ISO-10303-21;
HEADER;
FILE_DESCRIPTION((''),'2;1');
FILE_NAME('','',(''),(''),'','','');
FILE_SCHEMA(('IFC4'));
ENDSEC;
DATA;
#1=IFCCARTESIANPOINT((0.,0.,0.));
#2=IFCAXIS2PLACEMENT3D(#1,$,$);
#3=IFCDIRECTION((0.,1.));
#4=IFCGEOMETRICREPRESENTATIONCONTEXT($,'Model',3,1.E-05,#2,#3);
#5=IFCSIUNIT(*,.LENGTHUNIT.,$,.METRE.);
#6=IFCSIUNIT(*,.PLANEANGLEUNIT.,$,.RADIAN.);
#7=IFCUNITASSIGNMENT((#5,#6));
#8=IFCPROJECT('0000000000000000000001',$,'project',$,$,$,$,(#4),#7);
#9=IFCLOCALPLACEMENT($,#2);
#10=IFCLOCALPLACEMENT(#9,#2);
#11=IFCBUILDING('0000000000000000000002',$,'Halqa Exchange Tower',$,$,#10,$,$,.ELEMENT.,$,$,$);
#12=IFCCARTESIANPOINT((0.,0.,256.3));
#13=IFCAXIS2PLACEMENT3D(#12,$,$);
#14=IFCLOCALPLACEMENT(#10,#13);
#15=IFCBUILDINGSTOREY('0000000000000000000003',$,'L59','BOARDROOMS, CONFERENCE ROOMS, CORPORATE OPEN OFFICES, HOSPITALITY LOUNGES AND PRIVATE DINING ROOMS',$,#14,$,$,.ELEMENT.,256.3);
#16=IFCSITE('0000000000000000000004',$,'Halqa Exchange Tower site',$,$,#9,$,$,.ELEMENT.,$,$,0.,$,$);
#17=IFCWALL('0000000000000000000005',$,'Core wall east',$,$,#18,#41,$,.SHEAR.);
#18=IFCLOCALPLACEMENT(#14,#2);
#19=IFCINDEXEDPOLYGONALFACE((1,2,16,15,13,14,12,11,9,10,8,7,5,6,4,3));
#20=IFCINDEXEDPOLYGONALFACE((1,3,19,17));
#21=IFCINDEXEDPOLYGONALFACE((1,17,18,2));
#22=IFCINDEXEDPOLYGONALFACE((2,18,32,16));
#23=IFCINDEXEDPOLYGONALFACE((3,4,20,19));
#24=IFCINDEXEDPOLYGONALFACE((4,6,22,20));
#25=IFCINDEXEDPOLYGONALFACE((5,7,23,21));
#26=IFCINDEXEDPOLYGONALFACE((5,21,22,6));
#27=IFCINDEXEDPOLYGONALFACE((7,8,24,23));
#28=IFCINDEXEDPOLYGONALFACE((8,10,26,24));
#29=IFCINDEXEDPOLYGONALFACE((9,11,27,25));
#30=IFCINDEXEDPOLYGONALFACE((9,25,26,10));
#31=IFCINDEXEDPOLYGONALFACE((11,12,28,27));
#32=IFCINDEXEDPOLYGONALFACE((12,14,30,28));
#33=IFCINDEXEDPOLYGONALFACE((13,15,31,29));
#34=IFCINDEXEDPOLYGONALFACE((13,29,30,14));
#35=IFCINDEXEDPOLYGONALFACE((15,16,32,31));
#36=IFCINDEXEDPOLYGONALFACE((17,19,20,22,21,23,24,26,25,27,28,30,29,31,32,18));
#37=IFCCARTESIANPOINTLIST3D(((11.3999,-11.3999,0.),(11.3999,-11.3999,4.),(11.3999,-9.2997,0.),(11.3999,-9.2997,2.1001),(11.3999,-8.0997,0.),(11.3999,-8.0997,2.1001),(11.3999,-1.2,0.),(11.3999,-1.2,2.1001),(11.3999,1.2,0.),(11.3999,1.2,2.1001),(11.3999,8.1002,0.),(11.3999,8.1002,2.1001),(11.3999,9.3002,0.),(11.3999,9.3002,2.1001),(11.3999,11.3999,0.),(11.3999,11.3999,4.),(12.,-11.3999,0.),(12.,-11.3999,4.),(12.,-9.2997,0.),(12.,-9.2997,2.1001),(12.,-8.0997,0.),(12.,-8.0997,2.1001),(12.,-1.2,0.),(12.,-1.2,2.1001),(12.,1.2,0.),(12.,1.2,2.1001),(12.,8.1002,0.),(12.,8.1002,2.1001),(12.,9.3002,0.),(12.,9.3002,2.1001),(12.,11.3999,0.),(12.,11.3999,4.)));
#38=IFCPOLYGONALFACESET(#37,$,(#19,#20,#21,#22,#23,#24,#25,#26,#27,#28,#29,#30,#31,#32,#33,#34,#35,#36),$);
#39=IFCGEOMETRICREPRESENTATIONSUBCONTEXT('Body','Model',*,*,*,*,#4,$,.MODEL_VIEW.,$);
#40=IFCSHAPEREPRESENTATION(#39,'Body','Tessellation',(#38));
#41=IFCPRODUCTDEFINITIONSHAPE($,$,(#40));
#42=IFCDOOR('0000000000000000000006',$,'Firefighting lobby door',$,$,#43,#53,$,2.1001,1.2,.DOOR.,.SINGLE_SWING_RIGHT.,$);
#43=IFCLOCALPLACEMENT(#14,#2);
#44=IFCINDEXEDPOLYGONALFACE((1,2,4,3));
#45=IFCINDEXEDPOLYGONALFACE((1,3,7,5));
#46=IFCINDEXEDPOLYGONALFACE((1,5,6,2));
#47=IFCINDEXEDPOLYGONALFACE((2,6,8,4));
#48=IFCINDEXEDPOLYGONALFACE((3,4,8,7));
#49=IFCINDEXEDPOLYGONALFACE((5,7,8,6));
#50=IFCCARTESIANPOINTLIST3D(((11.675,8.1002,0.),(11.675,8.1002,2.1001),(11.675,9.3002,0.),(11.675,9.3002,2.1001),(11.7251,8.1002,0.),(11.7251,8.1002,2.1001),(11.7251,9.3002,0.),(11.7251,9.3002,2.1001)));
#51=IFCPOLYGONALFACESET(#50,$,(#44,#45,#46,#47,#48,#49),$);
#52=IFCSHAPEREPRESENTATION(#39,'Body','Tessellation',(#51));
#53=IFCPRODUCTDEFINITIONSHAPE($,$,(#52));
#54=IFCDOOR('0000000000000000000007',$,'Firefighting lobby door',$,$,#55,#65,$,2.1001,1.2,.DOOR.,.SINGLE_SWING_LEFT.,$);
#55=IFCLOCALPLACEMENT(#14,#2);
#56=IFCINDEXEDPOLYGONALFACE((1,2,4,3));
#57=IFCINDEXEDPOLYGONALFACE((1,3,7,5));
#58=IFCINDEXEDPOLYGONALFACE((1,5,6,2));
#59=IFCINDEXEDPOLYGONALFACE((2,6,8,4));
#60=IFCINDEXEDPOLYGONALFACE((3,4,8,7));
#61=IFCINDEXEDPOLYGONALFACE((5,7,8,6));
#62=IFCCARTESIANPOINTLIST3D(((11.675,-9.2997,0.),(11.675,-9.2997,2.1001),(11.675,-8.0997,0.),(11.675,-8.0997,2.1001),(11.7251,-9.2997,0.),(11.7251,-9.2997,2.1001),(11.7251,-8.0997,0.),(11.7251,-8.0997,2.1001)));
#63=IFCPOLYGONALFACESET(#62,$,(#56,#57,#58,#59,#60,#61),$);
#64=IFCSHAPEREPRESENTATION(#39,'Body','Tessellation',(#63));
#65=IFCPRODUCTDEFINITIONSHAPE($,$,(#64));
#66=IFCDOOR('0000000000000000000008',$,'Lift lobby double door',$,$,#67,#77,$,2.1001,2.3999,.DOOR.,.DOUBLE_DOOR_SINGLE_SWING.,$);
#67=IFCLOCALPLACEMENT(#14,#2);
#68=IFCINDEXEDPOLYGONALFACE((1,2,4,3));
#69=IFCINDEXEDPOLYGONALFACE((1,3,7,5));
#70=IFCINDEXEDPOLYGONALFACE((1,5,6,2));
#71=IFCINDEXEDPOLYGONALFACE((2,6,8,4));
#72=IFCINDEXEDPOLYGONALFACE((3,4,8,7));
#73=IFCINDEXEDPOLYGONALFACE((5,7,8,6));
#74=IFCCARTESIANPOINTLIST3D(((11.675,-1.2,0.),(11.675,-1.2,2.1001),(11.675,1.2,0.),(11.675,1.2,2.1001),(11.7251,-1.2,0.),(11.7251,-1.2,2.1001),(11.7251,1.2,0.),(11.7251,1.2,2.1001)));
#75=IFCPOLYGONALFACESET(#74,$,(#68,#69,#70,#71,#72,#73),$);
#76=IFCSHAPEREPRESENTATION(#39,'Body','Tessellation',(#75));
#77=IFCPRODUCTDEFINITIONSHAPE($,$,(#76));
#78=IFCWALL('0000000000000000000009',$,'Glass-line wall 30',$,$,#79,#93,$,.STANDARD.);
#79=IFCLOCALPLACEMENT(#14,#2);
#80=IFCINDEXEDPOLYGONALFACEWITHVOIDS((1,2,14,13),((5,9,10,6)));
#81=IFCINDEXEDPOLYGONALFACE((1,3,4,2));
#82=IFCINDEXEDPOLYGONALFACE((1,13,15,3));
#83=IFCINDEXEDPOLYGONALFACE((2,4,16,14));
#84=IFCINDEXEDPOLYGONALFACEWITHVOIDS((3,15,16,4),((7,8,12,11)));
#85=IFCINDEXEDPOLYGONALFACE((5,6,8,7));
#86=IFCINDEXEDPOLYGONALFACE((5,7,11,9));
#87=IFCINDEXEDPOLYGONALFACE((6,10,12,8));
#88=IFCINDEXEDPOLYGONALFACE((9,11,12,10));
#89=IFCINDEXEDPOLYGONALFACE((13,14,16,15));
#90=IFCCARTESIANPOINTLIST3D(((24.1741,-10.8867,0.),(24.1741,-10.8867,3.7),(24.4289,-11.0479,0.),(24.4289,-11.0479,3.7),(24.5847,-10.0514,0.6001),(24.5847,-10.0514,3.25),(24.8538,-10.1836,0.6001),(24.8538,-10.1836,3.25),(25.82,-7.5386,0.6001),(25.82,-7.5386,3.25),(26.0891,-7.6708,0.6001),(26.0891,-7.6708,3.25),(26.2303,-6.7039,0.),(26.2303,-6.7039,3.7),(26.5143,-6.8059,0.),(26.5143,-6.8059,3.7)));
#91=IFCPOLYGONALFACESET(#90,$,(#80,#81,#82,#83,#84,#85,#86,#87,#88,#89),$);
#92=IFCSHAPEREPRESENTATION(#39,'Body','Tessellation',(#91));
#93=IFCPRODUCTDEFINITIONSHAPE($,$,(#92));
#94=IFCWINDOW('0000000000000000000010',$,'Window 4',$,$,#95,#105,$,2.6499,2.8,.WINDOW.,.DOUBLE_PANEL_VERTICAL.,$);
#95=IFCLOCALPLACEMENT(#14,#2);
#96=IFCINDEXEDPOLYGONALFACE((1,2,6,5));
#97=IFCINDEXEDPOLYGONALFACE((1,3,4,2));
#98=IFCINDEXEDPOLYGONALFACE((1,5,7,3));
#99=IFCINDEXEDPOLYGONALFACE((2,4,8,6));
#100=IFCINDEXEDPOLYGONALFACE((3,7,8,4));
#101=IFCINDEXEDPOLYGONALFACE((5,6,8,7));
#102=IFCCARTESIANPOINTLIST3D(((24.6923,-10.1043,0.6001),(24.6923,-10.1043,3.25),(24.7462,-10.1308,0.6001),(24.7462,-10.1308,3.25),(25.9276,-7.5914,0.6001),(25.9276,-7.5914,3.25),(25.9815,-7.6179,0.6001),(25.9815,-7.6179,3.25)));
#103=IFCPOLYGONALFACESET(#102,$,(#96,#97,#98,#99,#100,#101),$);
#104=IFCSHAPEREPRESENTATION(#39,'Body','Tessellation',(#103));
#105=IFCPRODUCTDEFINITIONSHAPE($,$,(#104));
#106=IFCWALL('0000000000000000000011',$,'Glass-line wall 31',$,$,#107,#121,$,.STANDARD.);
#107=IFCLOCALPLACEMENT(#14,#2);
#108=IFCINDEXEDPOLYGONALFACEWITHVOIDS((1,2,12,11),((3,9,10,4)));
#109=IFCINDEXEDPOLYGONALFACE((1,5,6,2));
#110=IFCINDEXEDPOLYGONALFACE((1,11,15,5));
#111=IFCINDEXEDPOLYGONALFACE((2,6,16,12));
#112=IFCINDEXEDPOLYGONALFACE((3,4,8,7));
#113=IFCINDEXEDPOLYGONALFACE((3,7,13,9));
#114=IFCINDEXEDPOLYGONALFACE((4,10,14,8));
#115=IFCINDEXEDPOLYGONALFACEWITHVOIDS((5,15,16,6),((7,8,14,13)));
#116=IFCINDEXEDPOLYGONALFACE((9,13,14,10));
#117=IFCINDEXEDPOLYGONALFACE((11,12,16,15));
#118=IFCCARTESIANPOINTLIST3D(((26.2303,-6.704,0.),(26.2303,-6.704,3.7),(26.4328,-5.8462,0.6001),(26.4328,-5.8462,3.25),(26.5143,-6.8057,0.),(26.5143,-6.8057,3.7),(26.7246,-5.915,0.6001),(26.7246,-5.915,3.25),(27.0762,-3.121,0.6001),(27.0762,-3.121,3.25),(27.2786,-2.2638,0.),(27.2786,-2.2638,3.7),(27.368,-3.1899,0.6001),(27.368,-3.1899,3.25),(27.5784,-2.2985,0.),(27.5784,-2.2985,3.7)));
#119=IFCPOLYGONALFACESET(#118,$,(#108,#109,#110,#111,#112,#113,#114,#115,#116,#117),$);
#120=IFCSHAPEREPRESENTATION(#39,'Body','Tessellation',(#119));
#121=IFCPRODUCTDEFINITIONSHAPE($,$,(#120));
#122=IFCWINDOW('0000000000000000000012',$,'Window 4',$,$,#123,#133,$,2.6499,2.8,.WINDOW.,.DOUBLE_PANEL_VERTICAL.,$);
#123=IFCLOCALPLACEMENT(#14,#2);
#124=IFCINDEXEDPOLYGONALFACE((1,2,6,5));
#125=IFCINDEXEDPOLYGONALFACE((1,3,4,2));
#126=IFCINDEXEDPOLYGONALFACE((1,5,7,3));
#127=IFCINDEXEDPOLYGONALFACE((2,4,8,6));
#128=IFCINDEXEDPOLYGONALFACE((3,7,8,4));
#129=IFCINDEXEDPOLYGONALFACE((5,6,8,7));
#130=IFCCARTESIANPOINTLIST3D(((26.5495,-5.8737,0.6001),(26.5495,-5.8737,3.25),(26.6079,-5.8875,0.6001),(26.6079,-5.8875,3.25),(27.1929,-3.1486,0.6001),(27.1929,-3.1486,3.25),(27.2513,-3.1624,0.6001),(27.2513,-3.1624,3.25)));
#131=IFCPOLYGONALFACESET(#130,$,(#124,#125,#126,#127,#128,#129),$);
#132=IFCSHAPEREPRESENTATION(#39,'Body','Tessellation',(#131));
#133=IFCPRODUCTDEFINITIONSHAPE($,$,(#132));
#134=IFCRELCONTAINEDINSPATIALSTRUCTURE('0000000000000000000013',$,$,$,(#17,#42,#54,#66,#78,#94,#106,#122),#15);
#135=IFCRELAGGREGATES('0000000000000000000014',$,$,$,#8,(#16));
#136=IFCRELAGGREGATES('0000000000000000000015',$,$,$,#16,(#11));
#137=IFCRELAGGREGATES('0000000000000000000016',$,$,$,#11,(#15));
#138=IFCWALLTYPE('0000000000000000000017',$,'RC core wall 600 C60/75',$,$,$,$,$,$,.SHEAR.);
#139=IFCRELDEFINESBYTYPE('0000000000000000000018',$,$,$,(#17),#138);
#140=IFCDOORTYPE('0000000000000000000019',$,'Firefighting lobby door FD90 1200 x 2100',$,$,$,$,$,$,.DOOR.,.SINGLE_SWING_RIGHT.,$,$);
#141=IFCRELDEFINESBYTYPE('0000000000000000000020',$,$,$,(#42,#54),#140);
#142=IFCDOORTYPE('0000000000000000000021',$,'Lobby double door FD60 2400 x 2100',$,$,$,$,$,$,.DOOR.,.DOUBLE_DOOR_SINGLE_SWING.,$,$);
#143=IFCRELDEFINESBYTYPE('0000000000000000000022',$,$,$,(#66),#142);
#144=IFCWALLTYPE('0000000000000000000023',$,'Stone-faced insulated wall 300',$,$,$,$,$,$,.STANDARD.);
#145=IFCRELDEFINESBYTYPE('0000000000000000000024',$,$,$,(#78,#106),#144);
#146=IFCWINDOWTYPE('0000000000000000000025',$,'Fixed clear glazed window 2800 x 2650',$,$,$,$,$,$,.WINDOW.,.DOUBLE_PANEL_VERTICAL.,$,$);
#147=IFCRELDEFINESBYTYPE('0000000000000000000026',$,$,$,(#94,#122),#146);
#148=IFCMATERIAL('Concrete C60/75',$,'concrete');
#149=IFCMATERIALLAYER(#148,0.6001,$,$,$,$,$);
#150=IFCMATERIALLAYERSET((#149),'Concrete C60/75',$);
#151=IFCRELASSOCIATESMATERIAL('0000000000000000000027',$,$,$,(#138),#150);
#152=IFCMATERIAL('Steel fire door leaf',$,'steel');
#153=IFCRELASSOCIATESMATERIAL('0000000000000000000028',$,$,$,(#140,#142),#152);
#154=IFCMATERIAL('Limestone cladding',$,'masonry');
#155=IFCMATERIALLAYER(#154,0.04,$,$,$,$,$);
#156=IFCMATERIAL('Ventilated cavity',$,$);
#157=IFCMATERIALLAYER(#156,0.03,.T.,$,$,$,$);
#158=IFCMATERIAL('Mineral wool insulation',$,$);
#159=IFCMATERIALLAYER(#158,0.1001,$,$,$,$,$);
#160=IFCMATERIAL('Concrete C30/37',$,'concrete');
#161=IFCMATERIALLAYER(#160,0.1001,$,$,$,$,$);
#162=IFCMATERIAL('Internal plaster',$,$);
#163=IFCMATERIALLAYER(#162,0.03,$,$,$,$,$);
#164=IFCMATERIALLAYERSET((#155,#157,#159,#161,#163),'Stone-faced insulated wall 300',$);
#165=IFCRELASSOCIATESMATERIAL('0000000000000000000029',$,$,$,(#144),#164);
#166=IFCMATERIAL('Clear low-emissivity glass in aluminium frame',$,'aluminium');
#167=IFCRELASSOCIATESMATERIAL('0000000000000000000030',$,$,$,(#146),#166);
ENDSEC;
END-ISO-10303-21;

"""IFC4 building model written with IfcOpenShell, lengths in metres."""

from ifc_helpers import new_model, si_unit, direction, frame, frame_2d, origin, place, context, subcontext, project, spatial, polyline, rectangle, outline, extrude, material, layer, layer_set, type_object, element, fill, save


model = new_model("IFC4")

# Units and contexts
model_context = context("Model", 3, precision=1e-05, world=origin(), true_north=direction((0.0, 1.0)))
body_context = subcontext(model_context, "Body", "Model", "MODEL_VIEW")
ifc_project = project(units=[si_unit("LENGTHUNIT", "METRE"), si_unit("PLANEANGLEUNIT", "RADIAN")], contexts=[model_context])

# Site, building, storey
site_placement = place(None, origin())
site = spatial("IfcSite", under=ifc_project, at=site_placement, Name="Halqa Exchange Tower site", CompositionType="ELEMENT", RefElevation=0.0)
building_placement = place(site_placement, origin())
building = spatial("IfcBuilding", under=site, at=building_placement, Name="Halqa Exchange Tower", CompositionType="ELEMENT")
storey_placement = place(building_placement, frame((0.0, 0.0, 256.3)))
storey = spatial("IfcBuildingStorey", under=building, at=storey_placement, Name="L59", Description="BOARDROOMS, CONFERENCE ROOMS, CORPORATE OPEN OFFICES, HOSPITALITY LOUNGES AND PRIVATE DINING ROOMS", CompositionType="ELEMENT", Elevation=256.3)

# Shared definitions
ifc_material_1 = material(Name="Concrete C60/75", Category="concrete")

# Wall, openings, doors
ifc_layer_1 = layer(ifc_material_1, 0.6001)
ifc_layer_set_1 = layer_set([ifc_layer_1], Name="Concrete C60/75")
wall_type_1 = type_object("IfcWallType", Name="RC core wall 600 C60/75", PredefinedType="SHEAR", material=ifc_layer_set_1)
wall_1_placement = place(storey_placement, frame((11.7, -11.3999, 0.0), z_axis=(0.0, 0.0, 1.0), x_axis=(0.0, 1.0, 0.0)))
wall_1 = element("IfcWall", 1, at=wall_1_placement, inside=storey, type_object=wall_type_1, Name="Core wall east", PredefinedType="SHEAR", context=body_context, shape_type="SweptSolid", body=[
    extrude(rectangle(XDim=22.7998, YDim=0.6001, at=frame_2d((11.3999, 0.0))), origin(), (0.0, 0.0, 1.0), 4.0),
])
opening_1_placement = place(wall_1_placement, frame((10.2, 0.0, 0.0)))
opening_1 = element("IfcOpeningElement", 2, at=opening_1_placement, cuts=wall_1, PredefinedType="OPENING", context=body_context, shape_type="SweptSolid", body=[
    extrude(rectangle(XDim=2.3999, YDim=2.1001, at=frame_2d((1.2, 1.05))), frame((0.0, 0.312, 0.0), z_axis=(0.0, -1.0, 0.0), x_axis=(1.0, 0.0, 0.0)), (0.0, 0.0, 1.0), 0.624),
])
opening_2_placement = place(wall_1_placement, frame((19.5, 0.0, 0.0)))
opening_2 = element("IfcOpeningElement", 3, at=opening_2_placement, cuts=wall_1, PredefinedType="OPENING", context=body_context, shape_type="SweptSolid", body=[
    extrude(rectangle(XDim=1.2, YDim=2.1001, at=frame_2d((0.6001, 1.05))), frame((0.0, 0.312, 0.0), z_axis=(0.0, -1.0, 0.0), x_axis=(1.0, 0.0, 0.0)), (0.0, 0.0, 1.0), 0.624),
])
opening_3_placement = place(wall_1_placement, frame((2.1001, 0.0, 0.0)))
opening_3 = element("IfcOpeningElement", 4, at=opening_3_placement, cuts=wall_1, PredefinedType="OPENING", context=body_context, shape_type="SweptSolid", body=[
    extrude(rectangle(XDim=1.2, YDim=2.1001, at=frame_2d((0.6001, 1.05))), frame((0.0, 0.312, 0.0), z_axis=(0.0, -1.0, 0.0), x_axis=(1.0, 0.0, 0.0)), (0.0, 0.0, 1.0), 0.624),
])
ifc_material_2 = material(Name="Steel fire door leaf", Category="steel")
door_type_1 = type_object("IfcDoorType", Name="Firefighting lobby door FD90 1200 x 2100", OperationType="SINGLE_SWING_RIGHT", PredefinedType="DOOR", material=ifc_material_2)
door_1_placement = place(opening_2_placement, origin())
door_1 = element("IfcDoor", 5, at=door_1_placement, inside=storey, type_object=door_type_1, Name="Firefighting lobby door", OperationType="SINGLE_SWING_RIGHT", OverallHeight=2.1001, OverallWidth=1.2, PredefinedType="DOOR", context=body_context, shape_type="SweptSolid", body=[
    extrude(rectangle(XDim=1.2, YDim=2.1001, at=frame_2d((0.6001, 1.05))), frame((0.0, 0.0249, 0.0), z_axis=(0.0, -1.0, 0.0), x_axis=(1.0, 0.0, 0.0)), (0.0, 0.0, 1.0), 0.05),
])
fill(opening_2, door_1)
door_2_placement = place(opening_3_placement, origin())
door_2 = element("IfcDoor", 6, at=door_2_placement, inside=storey, type_object=door_type_1, Name="Firefighting lobby door", OperationType="SINGLE_SWING_LEFT", OverallHeight=2.1001, OverallWidth=1.2, PredefinedType="DOOR", context=body_context, shape_type="SweptSolid", body=[
    extrude(rectangle(XDim=1.2, YDim=2.1001, at=frame_2d((0.6001, 1.05))), frame((0.0, 0.0249, 0.0), z_axis=(0.0, -1.0, 0.0), x_axis=(1.0, 0.0, 0.0)), (0.0, 0.0, 1.0), 0.05),
])
fill(opening_3, door_2)
door_type_2 = type_object("IfcDoorType", Name="Lobby double door FD60 2400 x 2100", OperationType="DOUBLE_DOOR_SINGLE_SWING", PredefinedType="DOOR", material=ifc_material_2)
door_3_placement = place(opening_1_placement, origin())
door_3 = element("IfcDoor", 7, at=door_3_placement, inside=storey, type_object=door_type_2, Name="Lift lobby double door", OperationType="DOUBLE_DOOR_SINGLE_SWING", OverallHeight=2.1001, OverallWidth=2.3999, PredefinedType="DOOR", context=body_context, shape_type="SweptSolid", body=[
    extrude(rectangle(XDim=2.3999, YDim=2.1001, at=frame_2d((1.2, 1.05))), frame((0.0, 0.0249, 0.0), z_axis=(0.0, -1.0, 0.0), x_axis=(1.0, 0.0, 0.0)), (0.0, 0.0, 1.0), 0.05),
])
fill(opening_1, door_3)

# Walls, openings, windows
ifc_material_3 = material(Name="Limestone cladding", Category="masonry")
ifc_layer_2 = layer(ifc_material_3, 0.04)
ifc_material_4 = material(Name="Ventilated cavity")
ifc_layer_3 = layer(ifc_material_4, 0.03, ventilated=True)
ifc_material_5 = material(Name="Mineral wool insulation")
ifc_layer_4 = layer(ifc_material_5, 0.1001)
ifc_material_6 = material(Name="Concrete C30/37", Category="concrete")
ifc_layer_5 = layer(ifc_material_6, 0.1001)
ifc_material_7 = material(Name="Internal plaster")
ifc_layer_6 = layer(ifc_material_7, 0.03)
ifc_layer_set_2 = layer_set([ifc_layer_2, ifc_layer_3, ifc_layer_4, ifc_layer_5, ifc_layer_6], Name="Stone-faced insulated wall 300")
wall_type_2 = type_object("IfcWallType", Name="Stone-faced insulated wall 300", PredefinedType="STANDARD", material=ifc_layer_set_2)
wall_2_placement = place(storey_placement, frame((24.3015, -10.9673, 0.0), z_axis=(0.0, 0.0, 1.0), x_axis=(0.44117, 0.897424, 0.0)))
wall_2 = element("IfcWall", 8, at=wall_2_placement, inside=storey, type_object=wall_type_2, Name="Glass-line wall 30", PredefinedType="STANDARD", context=body_context, shape_type="SweptSolid", body=[
    extrude(outline(polyline([(-0.0161, -0.1499), (4.7107, -0.1499), (4.677, 0.1499), (0.0161, 0.1499), (-0.0161, -0.1499)])), origin(), (0.0, 0.0, 1.0), 3.7),
])
opening_4_placement = place(wall_2_placement, frame((0.947, 0.0, 0.6001)))
opening_4 = element("IfcOpeningElement", 9, at=opening_4_placement, cuts=wall_2, PredefinedType="OPENING", context=body_context, shape_type="SweptSolid", body=[
    extrude(rectangle(XDim=2.8, YDim=2.6499, at=frame_2d((1.3999, 1.325))), frame((0.0, 0.1621, 0.0), z_axis=(0.0, -1.0, 0.0), x_axis=(1.0, 0.0, 0.0)), (0.0, 0.0, 1.0), 0.324),
])
ifc_material_8 = material(Name="Clear low-emissivity glass in aluminium frame", Category="aluminium")
window_type = type_object("IfcWindowType", Name="Fixed clear glazed window 2800 x 2650", PartitioningType="DOUBLE_PANEL_VERTICAL", PredefinedType="WINDOW", material=ifc_material_8)
window_1_placement = place(opening_4_placement, origin())
window_1 = element("IfcWindow", 10, at=window_1_placement, inside=storey, type_object=window_type, Name="Window 4", OverallHeight=2.6499, OverallWidth=2.8, PartitioningType="DOUBLE_PANEL_VERTICAL", PredefinedType="WINDOW", context=body_context, shape_type="SweptSolid", body=[
    extrude(rectangle(XDim=2.8, YDim=2.6499, at=frame_2d((1.3999, 1.325))), frame((0.0, 0.03, 0.0), z_axis=(0.0, -1.0, 0.0), x_axis=(1.0, 0.0, 0.0)), (0.0, 0.0, 1.0), 0.0601),
])
fill(opening_4, window_1)
wall_3_placement = place(storey_placement, frame((26.3723, -6.7549, 0.0), z_axis=(0.0, 0.0, 1.0), x_axis=(0.229768, 0.973246, 0.0)))
wall_3 = element("IfcWall", 11, at=wall_3_placement, inside=storey, type_object=wall_type_2, Name="Glass-line wall 31", PredefinedType="STANDARD", context=body_context, shape_type="SweptSolid", body=[
    extrude(outline(polyline([(-0.0168, -0.1499), (4.6143, -0.1499), (4.5791, 0.1499), (0.0168, 0.1499), (-0.0168, -0.1499)])), origin(), (0.0, 0.0, 1.0), 3.7),
])
opening_5_placement = place(wall_3_placement, frame((0.8984, 0.0, 0.6001)))
opening_5 = element("IfcOpeningElement", 12, at=opening_5_placement, cuts=wall_3, PredefinedType="OPENING", context=body_context, shape_type="SweptSolid", body=[
    extrude(rectangle(XDim=2.8, YDim=2.6499, at=frame_2d((1.3999, 1.325))), frame((0.0, 0.1621, 0.0), z_axis=(0.0, -1.0, 0.0), x_axis=(1.0, 0.0, 0.0)), (0.0, 0.0, 1.0), 0.324),
])
window_2_placement = place(opening_5_placement, origin())
window_2 = element("IfcWindow", 13, at=window_2_placement, inside=storey, type_object=window_type, Name="Window 4", OverallHeight=2.6499, OverallWidth=2.8, PartitioningType="DOUBLE_PANEL_VERTICAL", PredefinedType="WINDOW", context=body_context, shape_type="SweptSolid", body=[
    extrude(rectangle(XDim=2.8, YDim=2.6499, at=frame_2d((1.3999, 1.325))), frame((0.0, 0.03, 0.0), z_axis=(0.0, -1.0, 0.0), x_axis=(1.0, 0.0, 0.0)), (0.0, 0.0, 1.0), 0.0601),
])
fill(opening_5, window_2)

save(model, "model.ifc")
